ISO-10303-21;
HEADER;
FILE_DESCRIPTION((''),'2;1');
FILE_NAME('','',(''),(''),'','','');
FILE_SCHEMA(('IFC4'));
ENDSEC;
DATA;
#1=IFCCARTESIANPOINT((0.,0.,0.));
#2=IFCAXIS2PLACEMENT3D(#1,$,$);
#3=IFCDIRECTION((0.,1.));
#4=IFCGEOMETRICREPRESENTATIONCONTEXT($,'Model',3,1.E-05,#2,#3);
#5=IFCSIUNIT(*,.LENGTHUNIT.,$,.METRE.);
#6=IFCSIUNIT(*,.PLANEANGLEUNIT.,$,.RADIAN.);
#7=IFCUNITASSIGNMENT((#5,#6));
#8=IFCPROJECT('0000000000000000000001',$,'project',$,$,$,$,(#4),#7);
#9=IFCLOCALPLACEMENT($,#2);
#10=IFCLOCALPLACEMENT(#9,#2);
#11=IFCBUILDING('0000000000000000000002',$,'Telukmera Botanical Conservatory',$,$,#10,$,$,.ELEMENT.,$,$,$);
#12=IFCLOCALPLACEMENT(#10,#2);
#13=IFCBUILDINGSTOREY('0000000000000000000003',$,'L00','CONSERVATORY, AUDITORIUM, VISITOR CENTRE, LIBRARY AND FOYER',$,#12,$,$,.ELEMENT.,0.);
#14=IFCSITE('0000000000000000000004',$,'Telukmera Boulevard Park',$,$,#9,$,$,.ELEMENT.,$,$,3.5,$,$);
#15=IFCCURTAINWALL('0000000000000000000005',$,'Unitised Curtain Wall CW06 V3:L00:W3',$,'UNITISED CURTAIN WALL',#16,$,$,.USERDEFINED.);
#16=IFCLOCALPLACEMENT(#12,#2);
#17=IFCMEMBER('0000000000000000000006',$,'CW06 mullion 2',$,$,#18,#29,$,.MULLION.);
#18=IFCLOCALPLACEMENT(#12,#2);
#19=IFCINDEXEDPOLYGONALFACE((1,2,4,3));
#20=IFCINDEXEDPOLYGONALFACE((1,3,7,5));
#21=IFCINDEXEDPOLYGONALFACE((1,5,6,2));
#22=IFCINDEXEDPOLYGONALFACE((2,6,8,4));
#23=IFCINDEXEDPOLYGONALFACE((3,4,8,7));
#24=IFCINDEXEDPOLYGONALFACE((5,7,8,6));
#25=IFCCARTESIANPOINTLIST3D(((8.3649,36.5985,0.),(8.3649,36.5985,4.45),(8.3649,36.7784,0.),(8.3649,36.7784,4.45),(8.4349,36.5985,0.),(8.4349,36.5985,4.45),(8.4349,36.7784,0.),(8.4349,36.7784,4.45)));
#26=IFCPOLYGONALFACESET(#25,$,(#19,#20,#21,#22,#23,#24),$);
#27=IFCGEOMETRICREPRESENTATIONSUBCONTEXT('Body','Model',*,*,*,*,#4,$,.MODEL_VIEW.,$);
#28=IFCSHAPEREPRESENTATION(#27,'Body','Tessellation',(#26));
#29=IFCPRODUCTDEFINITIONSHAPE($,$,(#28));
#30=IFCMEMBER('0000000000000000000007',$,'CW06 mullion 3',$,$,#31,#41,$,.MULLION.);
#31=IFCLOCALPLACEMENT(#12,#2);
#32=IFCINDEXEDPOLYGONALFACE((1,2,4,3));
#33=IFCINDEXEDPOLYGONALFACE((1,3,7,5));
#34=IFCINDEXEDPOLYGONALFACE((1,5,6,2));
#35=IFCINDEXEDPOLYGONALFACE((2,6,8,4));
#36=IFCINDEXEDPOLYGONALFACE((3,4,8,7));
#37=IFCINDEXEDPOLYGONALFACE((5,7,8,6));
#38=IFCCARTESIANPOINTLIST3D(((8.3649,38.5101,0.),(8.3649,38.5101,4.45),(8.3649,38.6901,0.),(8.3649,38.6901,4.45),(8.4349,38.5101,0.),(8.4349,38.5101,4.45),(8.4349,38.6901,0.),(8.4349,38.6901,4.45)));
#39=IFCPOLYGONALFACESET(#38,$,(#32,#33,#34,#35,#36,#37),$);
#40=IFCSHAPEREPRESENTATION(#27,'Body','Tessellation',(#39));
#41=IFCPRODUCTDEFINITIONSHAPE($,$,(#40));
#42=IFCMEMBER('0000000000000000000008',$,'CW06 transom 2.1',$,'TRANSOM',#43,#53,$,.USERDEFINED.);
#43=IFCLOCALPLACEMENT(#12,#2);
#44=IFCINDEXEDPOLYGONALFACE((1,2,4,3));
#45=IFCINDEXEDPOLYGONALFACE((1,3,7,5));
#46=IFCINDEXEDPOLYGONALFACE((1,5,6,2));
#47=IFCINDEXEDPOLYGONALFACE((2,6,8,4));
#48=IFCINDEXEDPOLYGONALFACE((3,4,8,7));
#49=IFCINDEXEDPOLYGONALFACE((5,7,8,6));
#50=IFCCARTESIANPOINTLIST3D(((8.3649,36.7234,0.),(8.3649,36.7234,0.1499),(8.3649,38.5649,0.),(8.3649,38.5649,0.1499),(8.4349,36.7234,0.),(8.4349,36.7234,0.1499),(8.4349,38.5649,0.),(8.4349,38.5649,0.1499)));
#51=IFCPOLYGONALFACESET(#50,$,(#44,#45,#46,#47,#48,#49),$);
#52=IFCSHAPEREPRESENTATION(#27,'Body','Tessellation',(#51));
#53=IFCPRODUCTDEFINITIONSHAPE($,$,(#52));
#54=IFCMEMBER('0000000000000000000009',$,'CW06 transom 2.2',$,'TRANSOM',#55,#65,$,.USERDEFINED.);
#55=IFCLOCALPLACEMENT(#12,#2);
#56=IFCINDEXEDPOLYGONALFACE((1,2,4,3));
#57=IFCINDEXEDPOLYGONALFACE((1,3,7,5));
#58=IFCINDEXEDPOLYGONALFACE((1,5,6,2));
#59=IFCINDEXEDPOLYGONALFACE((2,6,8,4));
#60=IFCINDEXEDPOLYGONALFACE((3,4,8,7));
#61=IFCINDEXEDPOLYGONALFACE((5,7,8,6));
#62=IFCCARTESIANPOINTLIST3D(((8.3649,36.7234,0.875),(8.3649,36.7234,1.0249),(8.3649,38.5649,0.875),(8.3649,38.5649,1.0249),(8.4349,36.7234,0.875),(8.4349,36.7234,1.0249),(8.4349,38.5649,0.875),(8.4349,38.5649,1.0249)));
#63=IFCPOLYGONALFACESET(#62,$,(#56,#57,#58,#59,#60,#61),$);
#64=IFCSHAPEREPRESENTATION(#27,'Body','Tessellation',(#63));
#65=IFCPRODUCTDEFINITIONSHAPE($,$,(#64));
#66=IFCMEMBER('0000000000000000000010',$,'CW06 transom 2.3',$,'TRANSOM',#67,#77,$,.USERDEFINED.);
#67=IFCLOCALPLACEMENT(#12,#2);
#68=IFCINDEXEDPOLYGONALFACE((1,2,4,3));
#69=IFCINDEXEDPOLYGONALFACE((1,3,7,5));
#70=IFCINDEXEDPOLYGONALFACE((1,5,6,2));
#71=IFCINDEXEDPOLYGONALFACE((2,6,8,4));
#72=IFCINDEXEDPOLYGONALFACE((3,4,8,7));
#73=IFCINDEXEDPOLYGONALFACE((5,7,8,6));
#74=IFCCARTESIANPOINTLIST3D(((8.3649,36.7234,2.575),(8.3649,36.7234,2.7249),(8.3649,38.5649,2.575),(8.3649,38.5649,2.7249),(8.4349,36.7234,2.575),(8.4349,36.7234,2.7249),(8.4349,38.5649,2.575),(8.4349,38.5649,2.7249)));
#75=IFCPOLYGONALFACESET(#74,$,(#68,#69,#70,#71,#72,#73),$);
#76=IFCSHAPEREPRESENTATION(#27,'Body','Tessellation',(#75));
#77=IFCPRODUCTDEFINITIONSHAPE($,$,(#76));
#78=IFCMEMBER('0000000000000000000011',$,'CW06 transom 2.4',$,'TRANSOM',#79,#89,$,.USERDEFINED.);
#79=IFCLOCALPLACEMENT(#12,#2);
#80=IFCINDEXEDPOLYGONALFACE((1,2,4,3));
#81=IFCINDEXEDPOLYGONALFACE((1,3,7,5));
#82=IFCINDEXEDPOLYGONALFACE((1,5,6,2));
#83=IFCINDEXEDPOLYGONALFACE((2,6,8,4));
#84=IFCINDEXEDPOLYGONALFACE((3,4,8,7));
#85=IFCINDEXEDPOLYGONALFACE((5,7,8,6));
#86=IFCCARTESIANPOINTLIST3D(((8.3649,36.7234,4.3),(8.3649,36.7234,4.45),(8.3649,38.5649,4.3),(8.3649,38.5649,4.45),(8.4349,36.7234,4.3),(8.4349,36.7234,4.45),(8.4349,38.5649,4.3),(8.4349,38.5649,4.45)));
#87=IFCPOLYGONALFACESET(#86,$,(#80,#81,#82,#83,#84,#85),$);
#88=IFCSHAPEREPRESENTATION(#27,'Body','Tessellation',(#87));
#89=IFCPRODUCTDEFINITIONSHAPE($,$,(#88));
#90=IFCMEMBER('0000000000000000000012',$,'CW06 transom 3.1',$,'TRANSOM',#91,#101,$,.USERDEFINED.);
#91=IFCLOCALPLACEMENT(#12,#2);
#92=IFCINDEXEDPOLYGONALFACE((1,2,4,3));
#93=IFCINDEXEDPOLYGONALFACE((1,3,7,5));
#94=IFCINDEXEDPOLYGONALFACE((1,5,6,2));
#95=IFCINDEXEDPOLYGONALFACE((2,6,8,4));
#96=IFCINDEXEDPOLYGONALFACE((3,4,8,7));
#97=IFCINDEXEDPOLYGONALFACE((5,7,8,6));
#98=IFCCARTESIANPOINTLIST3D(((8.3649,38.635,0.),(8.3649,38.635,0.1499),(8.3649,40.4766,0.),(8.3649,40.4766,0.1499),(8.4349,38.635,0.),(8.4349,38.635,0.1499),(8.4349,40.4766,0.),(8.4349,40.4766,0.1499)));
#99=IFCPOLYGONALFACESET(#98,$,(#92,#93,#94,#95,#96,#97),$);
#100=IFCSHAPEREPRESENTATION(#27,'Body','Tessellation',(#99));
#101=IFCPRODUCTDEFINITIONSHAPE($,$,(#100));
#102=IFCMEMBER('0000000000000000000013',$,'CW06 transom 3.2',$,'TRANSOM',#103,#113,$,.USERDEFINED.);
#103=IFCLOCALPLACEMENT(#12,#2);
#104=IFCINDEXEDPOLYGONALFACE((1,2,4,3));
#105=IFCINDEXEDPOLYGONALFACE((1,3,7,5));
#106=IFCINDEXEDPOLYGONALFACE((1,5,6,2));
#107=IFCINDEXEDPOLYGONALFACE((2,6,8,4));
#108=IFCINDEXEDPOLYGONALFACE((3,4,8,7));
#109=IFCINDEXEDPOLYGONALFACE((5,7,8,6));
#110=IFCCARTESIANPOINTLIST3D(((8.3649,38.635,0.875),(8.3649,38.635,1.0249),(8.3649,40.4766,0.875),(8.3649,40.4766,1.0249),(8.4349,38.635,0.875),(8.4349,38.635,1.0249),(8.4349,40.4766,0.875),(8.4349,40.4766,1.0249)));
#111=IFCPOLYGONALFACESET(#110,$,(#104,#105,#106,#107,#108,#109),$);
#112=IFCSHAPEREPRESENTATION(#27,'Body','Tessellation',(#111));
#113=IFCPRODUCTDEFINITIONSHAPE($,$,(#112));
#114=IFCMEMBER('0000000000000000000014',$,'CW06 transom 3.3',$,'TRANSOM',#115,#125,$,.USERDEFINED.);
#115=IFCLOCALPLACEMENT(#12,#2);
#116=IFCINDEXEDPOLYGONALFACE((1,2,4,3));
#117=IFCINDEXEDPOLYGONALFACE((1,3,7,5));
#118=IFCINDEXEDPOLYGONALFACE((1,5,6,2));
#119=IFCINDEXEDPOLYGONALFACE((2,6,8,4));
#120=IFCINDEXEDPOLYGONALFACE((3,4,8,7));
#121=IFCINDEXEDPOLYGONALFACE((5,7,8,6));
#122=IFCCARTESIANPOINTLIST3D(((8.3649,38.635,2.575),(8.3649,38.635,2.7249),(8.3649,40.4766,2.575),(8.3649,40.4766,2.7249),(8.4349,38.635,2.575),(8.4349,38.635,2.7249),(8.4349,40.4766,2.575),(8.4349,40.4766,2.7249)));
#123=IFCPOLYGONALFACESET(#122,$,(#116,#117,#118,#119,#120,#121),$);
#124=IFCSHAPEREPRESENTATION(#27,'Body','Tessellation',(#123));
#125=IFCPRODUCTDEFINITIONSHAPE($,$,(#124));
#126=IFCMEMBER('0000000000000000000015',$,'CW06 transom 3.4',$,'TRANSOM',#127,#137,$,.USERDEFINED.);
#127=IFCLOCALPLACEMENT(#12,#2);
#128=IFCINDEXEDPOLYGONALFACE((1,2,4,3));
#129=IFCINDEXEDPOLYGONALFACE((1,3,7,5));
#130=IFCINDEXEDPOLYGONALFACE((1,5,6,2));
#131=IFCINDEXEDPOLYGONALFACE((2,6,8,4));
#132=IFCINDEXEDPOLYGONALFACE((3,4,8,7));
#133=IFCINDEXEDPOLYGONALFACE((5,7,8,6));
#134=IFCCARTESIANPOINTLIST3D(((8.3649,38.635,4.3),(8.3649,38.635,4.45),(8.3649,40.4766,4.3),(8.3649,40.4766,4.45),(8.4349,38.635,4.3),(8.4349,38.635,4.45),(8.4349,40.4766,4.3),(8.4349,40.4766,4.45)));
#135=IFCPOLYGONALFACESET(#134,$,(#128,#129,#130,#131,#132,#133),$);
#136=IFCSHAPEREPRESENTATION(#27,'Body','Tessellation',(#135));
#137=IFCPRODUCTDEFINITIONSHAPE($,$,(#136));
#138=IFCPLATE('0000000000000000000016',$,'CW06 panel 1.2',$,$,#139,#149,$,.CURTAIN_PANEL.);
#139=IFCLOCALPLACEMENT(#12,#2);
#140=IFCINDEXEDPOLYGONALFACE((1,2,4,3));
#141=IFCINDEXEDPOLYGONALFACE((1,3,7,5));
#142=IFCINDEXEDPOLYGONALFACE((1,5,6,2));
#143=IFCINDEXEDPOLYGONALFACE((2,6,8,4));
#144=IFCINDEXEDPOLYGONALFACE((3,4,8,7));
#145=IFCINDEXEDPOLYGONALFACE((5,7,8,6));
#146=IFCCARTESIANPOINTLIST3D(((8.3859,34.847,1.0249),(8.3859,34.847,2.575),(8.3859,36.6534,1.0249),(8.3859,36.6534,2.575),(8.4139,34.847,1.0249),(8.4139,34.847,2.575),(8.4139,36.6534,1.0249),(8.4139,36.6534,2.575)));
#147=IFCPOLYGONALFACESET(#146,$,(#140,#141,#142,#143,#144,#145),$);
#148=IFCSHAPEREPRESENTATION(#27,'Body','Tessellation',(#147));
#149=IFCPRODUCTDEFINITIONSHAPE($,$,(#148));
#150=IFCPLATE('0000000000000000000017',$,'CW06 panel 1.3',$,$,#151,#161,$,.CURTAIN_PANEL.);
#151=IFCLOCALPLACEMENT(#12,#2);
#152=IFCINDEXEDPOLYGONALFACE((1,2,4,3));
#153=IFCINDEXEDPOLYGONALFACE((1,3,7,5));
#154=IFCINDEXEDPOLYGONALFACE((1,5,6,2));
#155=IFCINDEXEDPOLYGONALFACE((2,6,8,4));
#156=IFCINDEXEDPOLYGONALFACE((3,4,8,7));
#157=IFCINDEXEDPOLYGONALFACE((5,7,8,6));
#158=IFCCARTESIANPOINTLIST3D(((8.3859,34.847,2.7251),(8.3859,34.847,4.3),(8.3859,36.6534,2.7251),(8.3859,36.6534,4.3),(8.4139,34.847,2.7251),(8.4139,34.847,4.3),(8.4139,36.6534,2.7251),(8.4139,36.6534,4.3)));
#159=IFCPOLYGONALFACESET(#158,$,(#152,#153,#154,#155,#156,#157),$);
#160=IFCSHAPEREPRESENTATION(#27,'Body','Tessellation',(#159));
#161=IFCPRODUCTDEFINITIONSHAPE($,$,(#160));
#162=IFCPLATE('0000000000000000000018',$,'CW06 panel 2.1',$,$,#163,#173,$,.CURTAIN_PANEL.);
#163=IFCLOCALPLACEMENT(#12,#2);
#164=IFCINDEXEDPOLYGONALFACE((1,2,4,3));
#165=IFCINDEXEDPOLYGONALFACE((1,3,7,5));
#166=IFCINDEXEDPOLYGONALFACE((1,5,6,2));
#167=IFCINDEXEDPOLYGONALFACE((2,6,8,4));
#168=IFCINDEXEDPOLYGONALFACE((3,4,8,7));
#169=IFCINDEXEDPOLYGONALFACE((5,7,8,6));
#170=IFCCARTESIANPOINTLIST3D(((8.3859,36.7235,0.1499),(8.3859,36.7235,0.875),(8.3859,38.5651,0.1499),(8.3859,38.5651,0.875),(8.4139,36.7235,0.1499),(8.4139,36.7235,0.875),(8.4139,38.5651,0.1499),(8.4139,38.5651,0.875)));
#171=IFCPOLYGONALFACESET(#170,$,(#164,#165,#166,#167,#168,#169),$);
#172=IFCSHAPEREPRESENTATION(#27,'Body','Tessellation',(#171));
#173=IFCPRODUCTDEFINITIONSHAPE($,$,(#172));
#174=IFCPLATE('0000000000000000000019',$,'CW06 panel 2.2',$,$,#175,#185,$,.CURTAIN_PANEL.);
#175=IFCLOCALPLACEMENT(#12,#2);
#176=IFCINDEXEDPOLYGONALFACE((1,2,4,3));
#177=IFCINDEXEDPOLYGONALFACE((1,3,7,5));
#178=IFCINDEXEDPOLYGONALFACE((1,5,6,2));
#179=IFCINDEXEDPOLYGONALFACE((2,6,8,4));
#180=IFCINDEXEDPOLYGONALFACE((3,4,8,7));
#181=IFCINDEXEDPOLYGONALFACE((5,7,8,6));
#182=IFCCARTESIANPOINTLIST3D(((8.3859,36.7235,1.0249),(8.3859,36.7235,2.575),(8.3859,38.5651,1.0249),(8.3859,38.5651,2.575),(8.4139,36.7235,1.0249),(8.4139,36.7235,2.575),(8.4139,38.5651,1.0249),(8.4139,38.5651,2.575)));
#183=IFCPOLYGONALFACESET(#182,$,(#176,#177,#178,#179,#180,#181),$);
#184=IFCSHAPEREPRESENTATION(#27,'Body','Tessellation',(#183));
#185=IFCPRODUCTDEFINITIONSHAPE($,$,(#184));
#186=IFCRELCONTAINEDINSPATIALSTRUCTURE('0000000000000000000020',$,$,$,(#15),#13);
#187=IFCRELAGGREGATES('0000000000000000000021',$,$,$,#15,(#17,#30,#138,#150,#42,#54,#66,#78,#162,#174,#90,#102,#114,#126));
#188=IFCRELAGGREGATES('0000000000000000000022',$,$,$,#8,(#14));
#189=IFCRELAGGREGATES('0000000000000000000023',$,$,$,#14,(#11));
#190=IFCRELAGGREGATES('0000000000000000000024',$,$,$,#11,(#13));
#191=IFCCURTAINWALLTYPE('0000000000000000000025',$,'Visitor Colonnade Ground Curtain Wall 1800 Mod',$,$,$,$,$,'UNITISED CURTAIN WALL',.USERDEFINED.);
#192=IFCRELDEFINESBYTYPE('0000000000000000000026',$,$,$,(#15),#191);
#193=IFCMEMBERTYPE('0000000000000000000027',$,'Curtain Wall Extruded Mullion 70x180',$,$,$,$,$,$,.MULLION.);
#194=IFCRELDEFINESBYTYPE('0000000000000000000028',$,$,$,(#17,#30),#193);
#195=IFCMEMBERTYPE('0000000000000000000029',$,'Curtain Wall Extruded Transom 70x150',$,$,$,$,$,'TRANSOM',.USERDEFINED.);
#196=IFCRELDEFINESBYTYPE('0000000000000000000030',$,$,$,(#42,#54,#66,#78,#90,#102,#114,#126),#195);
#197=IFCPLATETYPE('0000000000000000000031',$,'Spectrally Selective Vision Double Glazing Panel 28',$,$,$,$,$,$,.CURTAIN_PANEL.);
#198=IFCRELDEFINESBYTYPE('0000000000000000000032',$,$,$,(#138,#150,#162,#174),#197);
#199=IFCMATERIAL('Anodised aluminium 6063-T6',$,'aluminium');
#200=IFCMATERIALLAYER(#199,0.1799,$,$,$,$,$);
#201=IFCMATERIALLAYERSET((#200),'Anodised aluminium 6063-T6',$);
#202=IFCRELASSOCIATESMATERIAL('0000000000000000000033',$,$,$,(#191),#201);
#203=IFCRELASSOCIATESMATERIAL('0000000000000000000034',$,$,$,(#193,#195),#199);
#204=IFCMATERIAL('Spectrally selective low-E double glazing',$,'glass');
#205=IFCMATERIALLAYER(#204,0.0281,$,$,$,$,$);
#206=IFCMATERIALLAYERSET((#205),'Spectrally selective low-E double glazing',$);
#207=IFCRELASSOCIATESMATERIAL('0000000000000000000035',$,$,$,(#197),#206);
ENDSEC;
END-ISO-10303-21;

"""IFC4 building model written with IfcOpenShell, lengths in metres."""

from ifc_helpers import new_model, si_unit, direction, frame, origin, origin_2d, place, context, subcontext, project, spatial, rectangle, extrude, material, layer, layer_set, material_profile, profile_set, type_object, element, aggregate, save


model = new_model("IFC4")

# Units and contexts
model_context = context("Model", 3, precision=1e-05, world=origin(), true_north=direction((0.0, 1.0)))
body_context = subcontext(model_context, "Body", "Model", "MODEL_VIEW")
ifc_project = project(units=[si_unit("LENGTHUNIT", "METRE"), si_unit("PLANEANGLEUNIT", "RADIAN")], contexts=[model_context])

# Site, building, storey
site_placement = place(None, origin())
site = spatial("IfcSite", under=ifc_project, at=site_placement, Name="Telukmera Boulevard Park", CompositionType="ELEMENT", RefElevation=3.5)
building_placement = place(site_placement, origin())
building = spatial("IfcBuilding", under=site, at=building_placement, Name="Telukmera Botanical Conservatory", CompositionType="ELEMENT")
storey_placement = place(building_placement, origin())
storey = spatial("IfcBuildingStorey", under=building, at=storey_placement, Name="L00", Description="CONSERVATORY, AUDITORIUM, VISITOR CENTRE, LIBRARY AND FOYER", CompositionType="ELEMENT", Elevation=0.0)

# Curtain wall, members, plates
ifc_material_1 = material(Name="Anodised aluminium 6063-T6", Category="aluminium")
ifc_layer_1 = layer(ifc_material_1, 0.1799)
ifc_layer_set_1 = layer_set([ifc_layer_1], Name="Anodised aluminium 6063-T6")
curtain_wall_type = type_object("IfcCurtainWallType", Name="Visitor Colonnade Ground Curtain Wall 1800 Mod", ElementType="UNITISED CURTAIN WALL", PredefinedType="USERDEFINED", material=ifc_layer_set_1)
curtain_wall_placement = place(storey_placement, origin())
curtain_wall = element("IfcCurtainWall", 1, at=curtain_wall_placement, inside=storey, type_object=curtain_wall_type, Name="Unitised Curtain Wall CW06 V3:L00:W3", ObjectType="UNITISED CURTAIN WALL", PredefinedType="USERDEFINED")
ifc_material_profile_1 = material_profile(ifc_material_1, rectangle(XDim=0.0701, YDim=0.1799, at=origin_2d()), Name="ALU MULL 70x180")
ifc_profile_set_1 = profile_set([ifc_material_profile_1], Name="Anodised aluminium 6063-T6")
member_type_1 = type_object("IfcMemberType", Name="Curtain Wall Extruded Mullion 70x180", PredefinedType="MULLION", material=ifc_profile_set_1)
member_1_placement = place(storey_placement, frame((8.3999, 36.6885, 0.0), z_axis=(0.0, 0.0, 1.0), x_axis=(-1.0, 0.0, 0.0)))
member_1 = element("IfcMember", 2, at=member_1_placement, type_object=member_type_1, Name="CW06 mullion 2", PredefinedType="MULLION", context=body_context, shape_type="SweptSolid", body=[
    extrude(rectangle(XDim=0.0701, YDim=0.1799, at=origin_2d()), origin(), (0.0, 0.0, 1.0), 4.45),
])
member_2_placement = place(storey_placement, frame((8.3999, 38.6001, 0.0), z_axis=(0.0, 0.0, 1.0), x_axis=(-1.0, 0.0, 0.0)))
member_2 = element("IfcMember", 3, at=member_2_placement, type_object=member_type_1, Name="CW06 mullion 3", PredefinedType="MULLION", context=body_context, shape_type="SweptSolid", body=[
    extrude(rectangle(XDim=0.0701, YDim=0.1799, at=origin_2d()), origin(), (0.0, 0.0, 1.0), 4.45),
])
ifc_material_profile_2 = material_profile(ifc_material_1, rectangle(XDim=0.0701, YDim=0.1499, at=origin_2d()), Name="ALU TRAN 70x150")
ifc_profile_set_2 = profile_set([ifc_material_profile_2], Name="Anodised aluminium 6063-T6")
member_type_2 = type_object("IfcMemberType", Name="Curtain Wall Extruded Transom 70x150", ElementType="TRANSOM", PredefinedType="USERDEFINED", material=ifc_profile_set_2)
member_3_placement = place(storey_placement, frame((8.3999, 36.7234, 0.075), z_axis=(0.0, 1.0, 0.0), x_axis=(-1.0, 0.0, 0.0)))
member_3 = element("IfcMember", 4, at=member_3_placement, type_object=member_type_2, Name="CW06 transom 2.1", ObjectType="TRANSOM", PredefinedType="USERDEFINED", context=body_context, shape_type="SweptSolid", body=[
    extrude(rectangle(XDim=0.0701, YDim=0.1499, at=origin_2d()), origin(), (0.0, 0.0, 1.0), 1.8416),
])
member_4_placement = place(storey_placement, frame((8.3999, 36.7234, 0.95), z_axis=(0.0, 1.0, 0.0), x_axis=(-1.0, 0.0, 0.0)))
member_4 = element("IfcMember", 5, at=member_4_placement, type_object=member_type_2, Name="CW06 transom 2.2", ObjectType="TRANSOM", PredefinedType="USERDEFINED", context=body_context, shape_type="SweptSolid", body=[
    extrude(rectangle(XDim=0.0701, YDim=0.1499, at=origin_2d()), origin(), (0.0, 0.0, 1.0), 1.8416),
])
member_5_placement = place(storey_placement, frame((8.3999, 36.7234, 2.6499), z_axis=(0.0, 1.0, 0.0), x_axis=(-1.0, 0.0, 0.0)))
member_5 = element("IfcMember", 6, at=member_5_placement, type_object=member_type_2, Name="CW06 transom 2.3", ObjectType="TRANSOM", PredefinedType="USERDEFINED", context=body_context, shape_type="SweptSolid", body=[
    extrude(rectangle(XDim=0.0701, YDim=0.1499, at=origin_2d()), origin(), (0.0, 0.0, 1.0), 1.8416),
])
member_6_placement = place(storey_placement, frame((8.3999, 36.7234, 4.375), z_axis=(0.0, 1.0, 0.0), x_axis=(-1.0, 0.0, 0.0)))
member_6 = element("IfcMember", 7, at=member_6_placement, type_object=member_type_2, Name="CW06 transom 2.4", ObjectType="TRANSOM", PredefinedType="USERDEFINED", context=body_context, shape_type="SweptSolid", body=[
    extrude(rectangle(XDim=0.0701, YDim=0.1499, at=origin_2d()), origin(), (0.0, 0.0, 1.0), 1.8416),
])
member_7_placement = place(storey_placement, frame((8.3999, 38.635, 0.075), z_axis=(0.0, 1.0, 0.0), x_axis=(-1.0, 0.0, 0.0)))
member_7 = element("IfcMember", 8, at=member_7_placement, type_object=member_type_2, Name="CW06 transom 3.1", ObjectType="TRANSOM", PredefinedType="USERDEFINED", context=body_context, shape_type="SweptSolid", body=[
    extrude(rectangle(XDim=0.0701, YDim=0.1499, at=origin_2d()), origin(), (0.0, 0.0, 1.0), 1.8416),
])
member_8_placement = place(storey_placement, frame((8.3999, 38.635, 0.95), z_axis=(0.0, 1.0, 0.0), x_axis=(-1.0, 0.0, 0.0)))
member_8 = element("IfcMember", 9, at=member_8_placement, type_object=member_type_2, Name="CW06 transom 3.2", ObjectType="TRANSOM", PredefinedType="USERDEFINED", context=body_context, shape_type="SweptSolid", body=[
    extrude(rectangle(XDim=0.0701, YDim=0.1499, at=origin_2d()), origin(), (0.0, 0.0, 1.0), 1.8416),
])
member_9_placement = place(storey_placement, frame((8.3999, 38.635, 2.6499), z_axis=(0.0, 1.0, 0.0), x_axis=(-1.0, 0.0, 0.0)))
member_9 = element("IfcMember", 10, at=member_9_placement, type_object=member_type_2, Name="CW06 transom 3.3", ObjectType="TRANSOM", PredefinedType="USERDEFINED", context=body_context, shape_type="SweptSolid", body=[
    extrude(rectangle(XDim=0.0701, YDim=0.1499, at=origin_2d()), origin(), (0.0, 0.0, 1.0), 1.8416),
])
member_10_placement = place(storey_placement, frame((8.3999, 38.635, 4.375), z_axis=(0.0, 1.0, 0.0), x_axis=(-1.0, 0.0, 0.0)))
member_10 = element("IfcMember", 11, at=member_10_placement, type_object=member_type_2, Name="CW06 transom 3.4", ObjectType="TRANSOM", PredefinedType="USERDEFINED", context=body_context, shape_type="SweptSolid", body=[
    extrude(rectangle(XDim=0.0701, YDim=0.1499, at=origin_2d()), origin(), (0.0, 0.0, 1.0), 1.8416),
])
ifc_material_2 = material(Name="Spectrally selective low-E double glazing", Category="glass")
ifc_layer_2 = layer(ifc_material_2, 0.0281)
ifc_layer_set_2 = layer_set([ifc_layer_2], Name="Spectrally selective low-E double glazing")
plate_type = type_object("IfcPlateType", Name="Spectrally Selective Vision Double Glazing Panel 28", PredefinedType="CURTAIN_PANEL", material=ifc_layer_set_2)
plate_1_placement = place(storey_placement, frame((8.3999, 35.7502, 1.0249), z_axis=(0.0, 0.0, 1.0), x_axis=(0.0, 1.0, 0.0)))
plate_1 = element("IfcPlate", 12, at=plate_1_placement, type_object=plate_type, Name="CW06 panel 1.2", PredefinedType="CURTAIN_PANEL", context=body_context, shape_type="SweptSolid", body=[
    extrude(rectangle(XDim=1.8064, YDim=0.0281, at=origin_2d()), origin(), (0.0, 0.0, 1.0), 1.55),
])
plate_2_placement = place(storey_placement, frame((8.3999, 35.7502, 2.7251), z_axis=(0.0, 0.0, 1.0), x_axis=(0.0, 1.0, 0.0)))
plate_2 = element("IfcPlate", 13, at=plate_2_placement, type_object=plate_type, Name="CW06 panel 1.3", PredefinedType="CURTAIN_PANEL", context=body_context, shape_type="SweptSolid", body=[
    extrude(rectangle(XDim=1.8064, YDim=0.0281, at=origin_2d()), origin(), (0.0, 0.0, 1.0), 1.575),
])
plate_3_placement = place(storey_placement, frame((8.3999, 37.6443, 0.1499), z_axis=(0.0, 0.0, 1.0), x_axis=(0.0, 1.0, 0.0)))
plate_3 = element("IfcPlate", 14, at=plate_3_placement, type_object=plate_type, Name="CW06 panel 2.1", PredefinedType="CURTAIN_PANEL", context=body_context, shape_type="SweptSolid", body=[
    extrude(rectangle(XDim=1.8416, YDim=0.0281, at=origin_2d()), origin(), (0.0, 0.0, 1.0), 0.7251),
])
plate_4_placement = place(storey_placement, frame((8.3999, 37.6443, 1.0249), z_axis=(0.0, 0.0, 1.0), x_axis=(0.0, 1.0, 0.0)))
plate_4 = element("IfcPlate", 15, at=plate_4_placement, type_object=plate_type, Name="CW06 panel 2.2", PredefinedType="CURTAIN_PANEL", context=body_context, shape_type="SweptSolid", body=[
    extrude(rectangle(XDim=1.8416, YDim=0.0281, at=origin_2d()), origin(), (0.0, 0.0, 1.0), 1.55),
])
aggregate(curtain_wall, [member_1, member_2, plate_1, plate_2, member_3, member_4, member_5, member_6, plate_3, plate_4, member_7, member_8, member_9, member_10])

save(model, "model.ifc")
